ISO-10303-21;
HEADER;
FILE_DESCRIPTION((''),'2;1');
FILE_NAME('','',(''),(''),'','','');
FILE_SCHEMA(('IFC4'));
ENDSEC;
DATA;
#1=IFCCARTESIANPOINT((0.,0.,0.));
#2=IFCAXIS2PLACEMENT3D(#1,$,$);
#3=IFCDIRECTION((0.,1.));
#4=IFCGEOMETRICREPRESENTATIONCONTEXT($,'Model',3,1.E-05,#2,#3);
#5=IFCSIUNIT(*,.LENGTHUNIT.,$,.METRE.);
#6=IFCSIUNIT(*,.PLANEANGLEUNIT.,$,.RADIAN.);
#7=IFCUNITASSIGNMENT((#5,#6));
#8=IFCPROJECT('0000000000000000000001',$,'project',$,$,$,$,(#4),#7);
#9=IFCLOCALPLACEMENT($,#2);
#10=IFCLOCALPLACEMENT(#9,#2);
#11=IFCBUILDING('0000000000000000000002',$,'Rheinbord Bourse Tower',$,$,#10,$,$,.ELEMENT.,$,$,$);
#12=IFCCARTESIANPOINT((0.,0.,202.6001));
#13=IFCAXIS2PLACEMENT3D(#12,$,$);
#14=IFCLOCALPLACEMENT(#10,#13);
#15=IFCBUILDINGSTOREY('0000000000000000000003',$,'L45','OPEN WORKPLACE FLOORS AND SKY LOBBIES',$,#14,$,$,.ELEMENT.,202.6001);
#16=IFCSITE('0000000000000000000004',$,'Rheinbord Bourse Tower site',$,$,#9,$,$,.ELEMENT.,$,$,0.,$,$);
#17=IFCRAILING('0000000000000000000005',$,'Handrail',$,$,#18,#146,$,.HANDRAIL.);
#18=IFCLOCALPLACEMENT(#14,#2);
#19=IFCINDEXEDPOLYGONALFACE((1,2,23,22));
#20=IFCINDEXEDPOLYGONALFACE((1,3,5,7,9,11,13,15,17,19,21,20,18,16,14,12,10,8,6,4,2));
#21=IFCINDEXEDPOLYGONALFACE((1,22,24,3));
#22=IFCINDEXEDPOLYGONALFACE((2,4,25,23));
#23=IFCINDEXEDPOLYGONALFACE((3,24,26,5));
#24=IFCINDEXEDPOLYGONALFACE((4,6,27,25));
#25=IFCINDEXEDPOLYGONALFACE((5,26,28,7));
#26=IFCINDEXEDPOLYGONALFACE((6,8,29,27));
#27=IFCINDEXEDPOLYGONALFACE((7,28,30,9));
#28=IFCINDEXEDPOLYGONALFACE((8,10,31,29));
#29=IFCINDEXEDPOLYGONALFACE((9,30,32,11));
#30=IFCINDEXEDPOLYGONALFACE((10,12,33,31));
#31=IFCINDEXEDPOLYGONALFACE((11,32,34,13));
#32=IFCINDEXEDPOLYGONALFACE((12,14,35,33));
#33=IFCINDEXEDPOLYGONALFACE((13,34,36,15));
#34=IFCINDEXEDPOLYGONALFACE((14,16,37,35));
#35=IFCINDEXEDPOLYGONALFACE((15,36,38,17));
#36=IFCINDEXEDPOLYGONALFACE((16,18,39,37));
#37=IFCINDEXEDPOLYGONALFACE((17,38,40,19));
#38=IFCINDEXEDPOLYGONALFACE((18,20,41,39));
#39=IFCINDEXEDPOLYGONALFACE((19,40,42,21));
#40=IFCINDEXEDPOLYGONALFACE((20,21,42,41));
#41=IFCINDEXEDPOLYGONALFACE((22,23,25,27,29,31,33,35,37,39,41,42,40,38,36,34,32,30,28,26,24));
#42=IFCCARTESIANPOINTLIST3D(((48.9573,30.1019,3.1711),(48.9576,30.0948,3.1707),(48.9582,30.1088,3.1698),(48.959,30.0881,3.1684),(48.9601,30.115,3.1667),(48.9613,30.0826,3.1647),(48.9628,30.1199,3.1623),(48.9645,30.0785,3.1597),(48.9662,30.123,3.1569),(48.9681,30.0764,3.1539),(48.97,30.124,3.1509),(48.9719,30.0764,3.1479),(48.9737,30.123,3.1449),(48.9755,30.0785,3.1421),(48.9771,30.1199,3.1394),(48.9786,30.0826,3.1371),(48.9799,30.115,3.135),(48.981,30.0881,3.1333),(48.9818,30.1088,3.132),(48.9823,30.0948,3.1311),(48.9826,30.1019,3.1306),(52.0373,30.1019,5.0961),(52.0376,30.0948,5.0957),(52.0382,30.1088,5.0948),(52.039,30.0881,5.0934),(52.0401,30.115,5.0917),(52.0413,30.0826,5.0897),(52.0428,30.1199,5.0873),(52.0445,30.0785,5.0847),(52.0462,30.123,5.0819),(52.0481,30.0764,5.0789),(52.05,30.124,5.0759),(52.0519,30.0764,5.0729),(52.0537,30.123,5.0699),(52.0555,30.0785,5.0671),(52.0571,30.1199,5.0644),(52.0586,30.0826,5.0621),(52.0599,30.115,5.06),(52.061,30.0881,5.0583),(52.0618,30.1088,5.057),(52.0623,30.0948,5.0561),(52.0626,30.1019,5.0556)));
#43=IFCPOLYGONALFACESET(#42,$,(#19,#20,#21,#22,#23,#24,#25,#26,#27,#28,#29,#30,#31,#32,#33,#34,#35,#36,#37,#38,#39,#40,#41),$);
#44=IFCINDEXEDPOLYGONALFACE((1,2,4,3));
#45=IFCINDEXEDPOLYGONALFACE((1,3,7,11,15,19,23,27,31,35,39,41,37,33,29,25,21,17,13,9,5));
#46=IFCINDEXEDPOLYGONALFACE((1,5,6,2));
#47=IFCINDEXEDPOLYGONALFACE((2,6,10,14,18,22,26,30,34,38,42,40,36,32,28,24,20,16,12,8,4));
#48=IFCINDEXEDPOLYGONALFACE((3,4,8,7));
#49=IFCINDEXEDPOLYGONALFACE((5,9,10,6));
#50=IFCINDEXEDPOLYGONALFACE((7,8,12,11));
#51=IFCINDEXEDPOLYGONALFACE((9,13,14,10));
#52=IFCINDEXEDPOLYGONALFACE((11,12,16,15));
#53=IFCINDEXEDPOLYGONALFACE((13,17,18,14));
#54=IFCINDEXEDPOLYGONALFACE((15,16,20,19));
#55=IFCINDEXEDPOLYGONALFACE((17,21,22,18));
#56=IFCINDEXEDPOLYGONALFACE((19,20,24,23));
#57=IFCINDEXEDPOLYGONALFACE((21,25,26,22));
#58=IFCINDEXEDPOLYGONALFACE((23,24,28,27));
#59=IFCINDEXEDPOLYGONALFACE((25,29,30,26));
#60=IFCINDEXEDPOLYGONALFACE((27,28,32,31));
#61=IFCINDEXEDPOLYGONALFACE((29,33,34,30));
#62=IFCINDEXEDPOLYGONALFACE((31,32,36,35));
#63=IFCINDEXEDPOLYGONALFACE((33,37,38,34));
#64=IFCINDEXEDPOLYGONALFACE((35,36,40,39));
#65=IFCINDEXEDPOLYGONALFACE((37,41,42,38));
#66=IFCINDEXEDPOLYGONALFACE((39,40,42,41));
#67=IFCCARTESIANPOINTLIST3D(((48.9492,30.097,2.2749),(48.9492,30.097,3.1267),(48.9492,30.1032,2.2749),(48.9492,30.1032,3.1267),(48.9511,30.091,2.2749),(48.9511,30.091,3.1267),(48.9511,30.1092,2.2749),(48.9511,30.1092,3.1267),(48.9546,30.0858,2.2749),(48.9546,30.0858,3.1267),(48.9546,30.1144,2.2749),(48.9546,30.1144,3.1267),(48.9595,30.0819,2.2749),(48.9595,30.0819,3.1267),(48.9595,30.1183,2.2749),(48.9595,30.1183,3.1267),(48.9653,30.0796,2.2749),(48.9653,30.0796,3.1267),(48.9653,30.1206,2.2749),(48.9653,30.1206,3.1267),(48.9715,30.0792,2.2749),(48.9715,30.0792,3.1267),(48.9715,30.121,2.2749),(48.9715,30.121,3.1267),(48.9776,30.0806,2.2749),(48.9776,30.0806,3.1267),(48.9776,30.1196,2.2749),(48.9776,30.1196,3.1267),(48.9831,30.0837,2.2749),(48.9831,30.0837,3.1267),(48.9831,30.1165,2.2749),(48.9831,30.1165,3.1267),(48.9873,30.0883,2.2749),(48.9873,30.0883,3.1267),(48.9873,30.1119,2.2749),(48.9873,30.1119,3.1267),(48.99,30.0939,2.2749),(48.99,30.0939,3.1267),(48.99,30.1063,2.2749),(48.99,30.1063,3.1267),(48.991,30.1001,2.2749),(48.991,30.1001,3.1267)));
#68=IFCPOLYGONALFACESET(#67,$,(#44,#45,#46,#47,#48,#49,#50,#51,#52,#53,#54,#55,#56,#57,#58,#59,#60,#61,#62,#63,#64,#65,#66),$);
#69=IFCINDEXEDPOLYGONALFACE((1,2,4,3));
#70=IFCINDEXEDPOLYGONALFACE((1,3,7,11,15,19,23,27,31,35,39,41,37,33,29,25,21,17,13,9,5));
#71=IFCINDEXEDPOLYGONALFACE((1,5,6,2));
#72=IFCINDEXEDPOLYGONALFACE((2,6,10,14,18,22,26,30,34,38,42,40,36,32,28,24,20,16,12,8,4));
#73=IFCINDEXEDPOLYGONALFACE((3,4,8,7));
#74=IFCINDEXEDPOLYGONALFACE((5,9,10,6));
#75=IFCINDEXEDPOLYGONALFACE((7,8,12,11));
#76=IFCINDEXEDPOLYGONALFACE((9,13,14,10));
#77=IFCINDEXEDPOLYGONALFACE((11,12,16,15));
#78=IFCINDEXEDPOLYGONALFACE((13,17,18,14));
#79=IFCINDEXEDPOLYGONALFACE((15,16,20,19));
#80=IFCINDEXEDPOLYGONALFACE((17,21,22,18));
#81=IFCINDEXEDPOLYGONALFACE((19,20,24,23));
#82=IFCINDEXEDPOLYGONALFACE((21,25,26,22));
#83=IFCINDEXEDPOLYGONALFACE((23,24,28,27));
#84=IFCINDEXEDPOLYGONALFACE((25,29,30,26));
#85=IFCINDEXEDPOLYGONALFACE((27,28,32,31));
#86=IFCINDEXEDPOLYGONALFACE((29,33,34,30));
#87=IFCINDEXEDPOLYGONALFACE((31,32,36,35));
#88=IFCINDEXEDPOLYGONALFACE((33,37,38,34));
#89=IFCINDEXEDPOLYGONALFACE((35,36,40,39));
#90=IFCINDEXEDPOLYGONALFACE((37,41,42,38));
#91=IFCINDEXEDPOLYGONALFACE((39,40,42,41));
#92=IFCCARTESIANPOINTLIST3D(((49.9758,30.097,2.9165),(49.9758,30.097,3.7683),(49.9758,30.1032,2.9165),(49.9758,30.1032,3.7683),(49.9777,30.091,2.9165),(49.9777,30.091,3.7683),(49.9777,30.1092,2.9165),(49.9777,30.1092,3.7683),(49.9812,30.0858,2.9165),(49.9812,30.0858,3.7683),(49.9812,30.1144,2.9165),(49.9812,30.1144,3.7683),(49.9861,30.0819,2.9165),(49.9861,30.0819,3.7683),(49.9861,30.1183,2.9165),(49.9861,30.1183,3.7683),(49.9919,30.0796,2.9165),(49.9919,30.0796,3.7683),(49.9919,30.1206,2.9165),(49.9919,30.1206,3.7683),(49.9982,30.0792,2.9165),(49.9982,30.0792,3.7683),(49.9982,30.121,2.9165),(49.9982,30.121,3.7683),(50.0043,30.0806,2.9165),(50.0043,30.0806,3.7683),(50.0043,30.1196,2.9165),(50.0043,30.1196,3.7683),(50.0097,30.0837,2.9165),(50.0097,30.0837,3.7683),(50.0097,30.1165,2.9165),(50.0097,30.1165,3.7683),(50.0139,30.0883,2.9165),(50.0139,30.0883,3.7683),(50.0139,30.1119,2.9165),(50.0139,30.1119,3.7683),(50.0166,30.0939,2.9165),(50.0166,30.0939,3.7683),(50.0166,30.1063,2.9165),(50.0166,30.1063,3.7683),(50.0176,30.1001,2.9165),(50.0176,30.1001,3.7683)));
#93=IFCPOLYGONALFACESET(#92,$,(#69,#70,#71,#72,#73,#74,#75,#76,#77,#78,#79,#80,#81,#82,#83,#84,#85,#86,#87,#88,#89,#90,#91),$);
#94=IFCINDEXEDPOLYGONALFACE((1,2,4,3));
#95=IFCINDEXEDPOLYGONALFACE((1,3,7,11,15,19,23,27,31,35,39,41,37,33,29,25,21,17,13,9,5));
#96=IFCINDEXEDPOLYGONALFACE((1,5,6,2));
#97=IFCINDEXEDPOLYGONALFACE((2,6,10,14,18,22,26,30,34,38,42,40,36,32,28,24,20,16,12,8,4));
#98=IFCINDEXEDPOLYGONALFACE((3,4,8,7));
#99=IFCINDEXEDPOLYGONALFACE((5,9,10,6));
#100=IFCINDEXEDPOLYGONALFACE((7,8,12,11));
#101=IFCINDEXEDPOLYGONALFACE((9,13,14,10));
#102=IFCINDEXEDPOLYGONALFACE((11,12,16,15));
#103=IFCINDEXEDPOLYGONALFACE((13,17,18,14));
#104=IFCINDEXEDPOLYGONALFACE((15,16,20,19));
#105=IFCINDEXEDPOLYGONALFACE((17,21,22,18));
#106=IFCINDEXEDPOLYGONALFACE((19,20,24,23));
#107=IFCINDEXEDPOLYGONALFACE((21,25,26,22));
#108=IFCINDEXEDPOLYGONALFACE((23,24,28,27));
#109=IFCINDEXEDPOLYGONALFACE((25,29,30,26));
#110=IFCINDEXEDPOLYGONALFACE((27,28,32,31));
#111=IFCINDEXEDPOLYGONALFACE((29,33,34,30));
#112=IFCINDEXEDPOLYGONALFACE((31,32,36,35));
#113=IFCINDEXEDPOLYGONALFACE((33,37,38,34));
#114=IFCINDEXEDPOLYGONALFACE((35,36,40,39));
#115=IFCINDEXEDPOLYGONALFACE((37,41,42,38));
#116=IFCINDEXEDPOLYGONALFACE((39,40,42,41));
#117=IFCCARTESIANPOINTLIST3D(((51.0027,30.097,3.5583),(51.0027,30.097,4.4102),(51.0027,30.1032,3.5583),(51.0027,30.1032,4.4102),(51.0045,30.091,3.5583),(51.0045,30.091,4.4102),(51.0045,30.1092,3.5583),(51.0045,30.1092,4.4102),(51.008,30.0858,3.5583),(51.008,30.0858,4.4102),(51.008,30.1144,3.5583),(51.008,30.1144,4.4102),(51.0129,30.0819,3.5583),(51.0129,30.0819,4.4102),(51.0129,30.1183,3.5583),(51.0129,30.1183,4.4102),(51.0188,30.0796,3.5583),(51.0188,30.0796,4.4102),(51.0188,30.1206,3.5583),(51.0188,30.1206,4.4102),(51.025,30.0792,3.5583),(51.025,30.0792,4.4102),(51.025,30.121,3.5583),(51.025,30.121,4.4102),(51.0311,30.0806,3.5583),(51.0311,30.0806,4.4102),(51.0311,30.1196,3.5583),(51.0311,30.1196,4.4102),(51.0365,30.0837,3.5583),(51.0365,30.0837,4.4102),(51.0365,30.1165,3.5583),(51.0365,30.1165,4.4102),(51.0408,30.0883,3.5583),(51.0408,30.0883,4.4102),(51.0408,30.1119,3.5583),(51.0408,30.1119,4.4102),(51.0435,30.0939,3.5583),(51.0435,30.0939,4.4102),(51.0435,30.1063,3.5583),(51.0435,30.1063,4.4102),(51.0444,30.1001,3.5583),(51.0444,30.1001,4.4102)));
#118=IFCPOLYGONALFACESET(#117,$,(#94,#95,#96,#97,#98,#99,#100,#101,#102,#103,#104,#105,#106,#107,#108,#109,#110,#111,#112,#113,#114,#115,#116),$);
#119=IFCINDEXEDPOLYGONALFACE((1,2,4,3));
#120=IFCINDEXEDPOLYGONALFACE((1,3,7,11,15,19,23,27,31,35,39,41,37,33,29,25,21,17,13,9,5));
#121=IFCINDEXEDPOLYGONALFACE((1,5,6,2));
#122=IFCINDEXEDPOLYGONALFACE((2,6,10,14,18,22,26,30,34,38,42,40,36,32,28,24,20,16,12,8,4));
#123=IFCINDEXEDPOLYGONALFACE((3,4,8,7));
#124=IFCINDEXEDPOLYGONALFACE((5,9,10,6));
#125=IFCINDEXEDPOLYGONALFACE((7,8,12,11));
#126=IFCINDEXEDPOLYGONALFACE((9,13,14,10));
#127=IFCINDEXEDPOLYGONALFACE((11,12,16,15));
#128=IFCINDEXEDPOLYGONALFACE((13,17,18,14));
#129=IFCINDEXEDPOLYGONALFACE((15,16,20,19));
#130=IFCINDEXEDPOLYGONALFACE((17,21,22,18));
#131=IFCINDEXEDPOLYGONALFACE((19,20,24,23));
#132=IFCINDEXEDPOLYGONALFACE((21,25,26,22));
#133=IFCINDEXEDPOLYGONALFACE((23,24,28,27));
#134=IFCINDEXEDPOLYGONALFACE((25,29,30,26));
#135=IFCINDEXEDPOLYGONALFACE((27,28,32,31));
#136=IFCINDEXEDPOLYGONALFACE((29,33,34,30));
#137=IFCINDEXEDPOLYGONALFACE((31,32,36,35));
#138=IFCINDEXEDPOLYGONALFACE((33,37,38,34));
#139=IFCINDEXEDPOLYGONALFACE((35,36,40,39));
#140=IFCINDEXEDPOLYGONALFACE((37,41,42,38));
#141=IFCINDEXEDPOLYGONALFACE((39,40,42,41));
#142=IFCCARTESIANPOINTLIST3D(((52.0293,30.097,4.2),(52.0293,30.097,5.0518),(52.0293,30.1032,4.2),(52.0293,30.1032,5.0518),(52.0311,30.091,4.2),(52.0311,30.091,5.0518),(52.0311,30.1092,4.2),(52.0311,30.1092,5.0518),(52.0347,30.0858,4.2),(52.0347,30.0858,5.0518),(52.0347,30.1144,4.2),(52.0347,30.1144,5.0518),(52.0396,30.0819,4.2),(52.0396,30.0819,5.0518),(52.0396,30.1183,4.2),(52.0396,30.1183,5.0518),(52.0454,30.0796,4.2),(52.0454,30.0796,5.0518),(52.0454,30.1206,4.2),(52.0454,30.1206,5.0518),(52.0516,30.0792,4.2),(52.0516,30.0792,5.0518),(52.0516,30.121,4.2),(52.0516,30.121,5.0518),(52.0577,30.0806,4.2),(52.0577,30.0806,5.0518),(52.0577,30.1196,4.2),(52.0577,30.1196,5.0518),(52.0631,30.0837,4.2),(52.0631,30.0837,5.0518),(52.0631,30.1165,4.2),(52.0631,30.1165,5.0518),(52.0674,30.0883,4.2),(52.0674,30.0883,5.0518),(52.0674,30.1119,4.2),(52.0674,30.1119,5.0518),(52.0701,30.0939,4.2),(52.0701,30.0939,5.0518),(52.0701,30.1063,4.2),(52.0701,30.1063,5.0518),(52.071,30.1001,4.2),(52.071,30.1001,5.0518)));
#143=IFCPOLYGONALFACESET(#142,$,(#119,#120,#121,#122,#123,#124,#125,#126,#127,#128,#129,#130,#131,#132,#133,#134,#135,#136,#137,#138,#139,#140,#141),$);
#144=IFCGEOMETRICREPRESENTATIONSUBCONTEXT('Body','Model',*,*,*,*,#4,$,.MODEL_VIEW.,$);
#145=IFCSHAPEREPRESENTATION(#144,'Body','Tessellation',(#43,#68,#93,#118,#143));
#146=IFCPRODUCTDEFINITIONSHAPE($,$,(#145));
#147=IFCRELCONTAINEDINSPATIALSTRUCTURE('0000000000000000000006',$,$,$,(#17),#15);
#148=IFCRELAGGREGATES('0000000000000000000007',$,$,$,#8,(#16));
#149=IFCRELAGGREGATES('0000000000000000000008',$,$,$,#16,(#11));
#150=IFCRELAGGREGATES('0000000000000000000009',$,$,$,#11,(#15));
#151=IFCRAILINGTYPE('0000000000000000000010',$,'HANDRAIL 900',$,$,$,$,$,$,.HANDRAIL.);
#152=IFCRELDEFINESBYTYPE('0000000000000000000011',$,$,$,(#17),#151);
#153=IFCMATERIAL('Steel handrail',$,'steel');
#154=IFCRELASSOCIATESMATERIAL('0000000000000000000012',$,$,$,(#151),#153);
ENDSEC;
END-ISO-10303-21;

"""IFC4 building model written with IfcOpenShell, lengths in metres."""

from ifc_helpers import new_model, si_unit, direction, frame, origin, origin_2d, place, context, subcontext, project, spatial, circle, extrude, material, type_object, element, save


model = new_model("IFC4")

# Units and contexts
model_context = context("Model", 3, precision=1e-05, world=origin(), true_north=direction((0.0, 1.0)))
body_context = subcontext(model_context, "Body", "Model", "MODEL_VIEW")
ifc_project = project(units=[si_unit("LENGTHUNIT", "METRE"), si_unit("PLANEANGLEUNIT", "RADIAN")], contexts=[model_context])

# Site, building, storey
site_placement = place(None, origin())
site = spatial("IfcSite", under=ifc_project, at=site_placement, Name="Rheinbord Bourse Tower site", CompositionType="ELEMENT", RefElevation=0.0)
building_placement = place(site_placement, origin())
building = spatial("IfcBuilding", under=site, at=building_placement, Name="Rheinbord Bourse Tower", CompositionType="ELEMENT")
storey_placement = place(building_placement, frame((0.0, 0.0, 202.6001)))
storey = spatial("IfcBuildingStorey", under=building, at=storey_placement, Name="L45", Description="OPEN WORKPLACE FLOORS AND SKY LOBBIES", CompositionType="ELEMENT", Elevation=202.6001)

# Railing
ifc_material_1 = material(Name="Steel handrail", Category="steel")
railing_type = type_object("IfcRailingType", Name="HANDRAIL 900", PredefinedType="HANDRAIL", material=ifc_material_1)
railing_1_placement = place(storey_placement, frame((48.97, 30.1001, 2.2749)))
element("IfcRailing", 1, at=railing_1_placement, inside=storey, type_object=railing_type, Name="Handrail", PredefinedType="HANDRAIL", context=body_context, shape_type="SweptSolid", body=[
    extrude(circle(Radius=0.0239, at=origin_2d()), frame((0.0, 0.0, 0.876), z_axis=(0.847998, 0.0, 0.529999), x_axis=(0.0, 1.0, 0.0)), (0.0, 0.0, 1.0), 3.6321),
    extrude(circle(Radius=0.021, at=origin_2d()), origin(), (0.0, 0.0, 1.0), 0.8518),
    extrude(circle(Radius=0.021, at=origin_2d()), frame((1.0266, 0.0, 0.6416)), (0.0, 0.0, 1.0), 0.8518),
    extrude(circle(Radius=0.021, at=origin_2d()), frame((2.0535, 0.0, 1.2834)), (0.0, 0.0, 1.0), 0.8518),
    extrude(circle(Radius=0.021, at=origin_2d()), frame((3.0801, 0.0, 1.925)), (0.0, 0.0, 1.0), 0.8518),
])

save(model, "model.ifc")
